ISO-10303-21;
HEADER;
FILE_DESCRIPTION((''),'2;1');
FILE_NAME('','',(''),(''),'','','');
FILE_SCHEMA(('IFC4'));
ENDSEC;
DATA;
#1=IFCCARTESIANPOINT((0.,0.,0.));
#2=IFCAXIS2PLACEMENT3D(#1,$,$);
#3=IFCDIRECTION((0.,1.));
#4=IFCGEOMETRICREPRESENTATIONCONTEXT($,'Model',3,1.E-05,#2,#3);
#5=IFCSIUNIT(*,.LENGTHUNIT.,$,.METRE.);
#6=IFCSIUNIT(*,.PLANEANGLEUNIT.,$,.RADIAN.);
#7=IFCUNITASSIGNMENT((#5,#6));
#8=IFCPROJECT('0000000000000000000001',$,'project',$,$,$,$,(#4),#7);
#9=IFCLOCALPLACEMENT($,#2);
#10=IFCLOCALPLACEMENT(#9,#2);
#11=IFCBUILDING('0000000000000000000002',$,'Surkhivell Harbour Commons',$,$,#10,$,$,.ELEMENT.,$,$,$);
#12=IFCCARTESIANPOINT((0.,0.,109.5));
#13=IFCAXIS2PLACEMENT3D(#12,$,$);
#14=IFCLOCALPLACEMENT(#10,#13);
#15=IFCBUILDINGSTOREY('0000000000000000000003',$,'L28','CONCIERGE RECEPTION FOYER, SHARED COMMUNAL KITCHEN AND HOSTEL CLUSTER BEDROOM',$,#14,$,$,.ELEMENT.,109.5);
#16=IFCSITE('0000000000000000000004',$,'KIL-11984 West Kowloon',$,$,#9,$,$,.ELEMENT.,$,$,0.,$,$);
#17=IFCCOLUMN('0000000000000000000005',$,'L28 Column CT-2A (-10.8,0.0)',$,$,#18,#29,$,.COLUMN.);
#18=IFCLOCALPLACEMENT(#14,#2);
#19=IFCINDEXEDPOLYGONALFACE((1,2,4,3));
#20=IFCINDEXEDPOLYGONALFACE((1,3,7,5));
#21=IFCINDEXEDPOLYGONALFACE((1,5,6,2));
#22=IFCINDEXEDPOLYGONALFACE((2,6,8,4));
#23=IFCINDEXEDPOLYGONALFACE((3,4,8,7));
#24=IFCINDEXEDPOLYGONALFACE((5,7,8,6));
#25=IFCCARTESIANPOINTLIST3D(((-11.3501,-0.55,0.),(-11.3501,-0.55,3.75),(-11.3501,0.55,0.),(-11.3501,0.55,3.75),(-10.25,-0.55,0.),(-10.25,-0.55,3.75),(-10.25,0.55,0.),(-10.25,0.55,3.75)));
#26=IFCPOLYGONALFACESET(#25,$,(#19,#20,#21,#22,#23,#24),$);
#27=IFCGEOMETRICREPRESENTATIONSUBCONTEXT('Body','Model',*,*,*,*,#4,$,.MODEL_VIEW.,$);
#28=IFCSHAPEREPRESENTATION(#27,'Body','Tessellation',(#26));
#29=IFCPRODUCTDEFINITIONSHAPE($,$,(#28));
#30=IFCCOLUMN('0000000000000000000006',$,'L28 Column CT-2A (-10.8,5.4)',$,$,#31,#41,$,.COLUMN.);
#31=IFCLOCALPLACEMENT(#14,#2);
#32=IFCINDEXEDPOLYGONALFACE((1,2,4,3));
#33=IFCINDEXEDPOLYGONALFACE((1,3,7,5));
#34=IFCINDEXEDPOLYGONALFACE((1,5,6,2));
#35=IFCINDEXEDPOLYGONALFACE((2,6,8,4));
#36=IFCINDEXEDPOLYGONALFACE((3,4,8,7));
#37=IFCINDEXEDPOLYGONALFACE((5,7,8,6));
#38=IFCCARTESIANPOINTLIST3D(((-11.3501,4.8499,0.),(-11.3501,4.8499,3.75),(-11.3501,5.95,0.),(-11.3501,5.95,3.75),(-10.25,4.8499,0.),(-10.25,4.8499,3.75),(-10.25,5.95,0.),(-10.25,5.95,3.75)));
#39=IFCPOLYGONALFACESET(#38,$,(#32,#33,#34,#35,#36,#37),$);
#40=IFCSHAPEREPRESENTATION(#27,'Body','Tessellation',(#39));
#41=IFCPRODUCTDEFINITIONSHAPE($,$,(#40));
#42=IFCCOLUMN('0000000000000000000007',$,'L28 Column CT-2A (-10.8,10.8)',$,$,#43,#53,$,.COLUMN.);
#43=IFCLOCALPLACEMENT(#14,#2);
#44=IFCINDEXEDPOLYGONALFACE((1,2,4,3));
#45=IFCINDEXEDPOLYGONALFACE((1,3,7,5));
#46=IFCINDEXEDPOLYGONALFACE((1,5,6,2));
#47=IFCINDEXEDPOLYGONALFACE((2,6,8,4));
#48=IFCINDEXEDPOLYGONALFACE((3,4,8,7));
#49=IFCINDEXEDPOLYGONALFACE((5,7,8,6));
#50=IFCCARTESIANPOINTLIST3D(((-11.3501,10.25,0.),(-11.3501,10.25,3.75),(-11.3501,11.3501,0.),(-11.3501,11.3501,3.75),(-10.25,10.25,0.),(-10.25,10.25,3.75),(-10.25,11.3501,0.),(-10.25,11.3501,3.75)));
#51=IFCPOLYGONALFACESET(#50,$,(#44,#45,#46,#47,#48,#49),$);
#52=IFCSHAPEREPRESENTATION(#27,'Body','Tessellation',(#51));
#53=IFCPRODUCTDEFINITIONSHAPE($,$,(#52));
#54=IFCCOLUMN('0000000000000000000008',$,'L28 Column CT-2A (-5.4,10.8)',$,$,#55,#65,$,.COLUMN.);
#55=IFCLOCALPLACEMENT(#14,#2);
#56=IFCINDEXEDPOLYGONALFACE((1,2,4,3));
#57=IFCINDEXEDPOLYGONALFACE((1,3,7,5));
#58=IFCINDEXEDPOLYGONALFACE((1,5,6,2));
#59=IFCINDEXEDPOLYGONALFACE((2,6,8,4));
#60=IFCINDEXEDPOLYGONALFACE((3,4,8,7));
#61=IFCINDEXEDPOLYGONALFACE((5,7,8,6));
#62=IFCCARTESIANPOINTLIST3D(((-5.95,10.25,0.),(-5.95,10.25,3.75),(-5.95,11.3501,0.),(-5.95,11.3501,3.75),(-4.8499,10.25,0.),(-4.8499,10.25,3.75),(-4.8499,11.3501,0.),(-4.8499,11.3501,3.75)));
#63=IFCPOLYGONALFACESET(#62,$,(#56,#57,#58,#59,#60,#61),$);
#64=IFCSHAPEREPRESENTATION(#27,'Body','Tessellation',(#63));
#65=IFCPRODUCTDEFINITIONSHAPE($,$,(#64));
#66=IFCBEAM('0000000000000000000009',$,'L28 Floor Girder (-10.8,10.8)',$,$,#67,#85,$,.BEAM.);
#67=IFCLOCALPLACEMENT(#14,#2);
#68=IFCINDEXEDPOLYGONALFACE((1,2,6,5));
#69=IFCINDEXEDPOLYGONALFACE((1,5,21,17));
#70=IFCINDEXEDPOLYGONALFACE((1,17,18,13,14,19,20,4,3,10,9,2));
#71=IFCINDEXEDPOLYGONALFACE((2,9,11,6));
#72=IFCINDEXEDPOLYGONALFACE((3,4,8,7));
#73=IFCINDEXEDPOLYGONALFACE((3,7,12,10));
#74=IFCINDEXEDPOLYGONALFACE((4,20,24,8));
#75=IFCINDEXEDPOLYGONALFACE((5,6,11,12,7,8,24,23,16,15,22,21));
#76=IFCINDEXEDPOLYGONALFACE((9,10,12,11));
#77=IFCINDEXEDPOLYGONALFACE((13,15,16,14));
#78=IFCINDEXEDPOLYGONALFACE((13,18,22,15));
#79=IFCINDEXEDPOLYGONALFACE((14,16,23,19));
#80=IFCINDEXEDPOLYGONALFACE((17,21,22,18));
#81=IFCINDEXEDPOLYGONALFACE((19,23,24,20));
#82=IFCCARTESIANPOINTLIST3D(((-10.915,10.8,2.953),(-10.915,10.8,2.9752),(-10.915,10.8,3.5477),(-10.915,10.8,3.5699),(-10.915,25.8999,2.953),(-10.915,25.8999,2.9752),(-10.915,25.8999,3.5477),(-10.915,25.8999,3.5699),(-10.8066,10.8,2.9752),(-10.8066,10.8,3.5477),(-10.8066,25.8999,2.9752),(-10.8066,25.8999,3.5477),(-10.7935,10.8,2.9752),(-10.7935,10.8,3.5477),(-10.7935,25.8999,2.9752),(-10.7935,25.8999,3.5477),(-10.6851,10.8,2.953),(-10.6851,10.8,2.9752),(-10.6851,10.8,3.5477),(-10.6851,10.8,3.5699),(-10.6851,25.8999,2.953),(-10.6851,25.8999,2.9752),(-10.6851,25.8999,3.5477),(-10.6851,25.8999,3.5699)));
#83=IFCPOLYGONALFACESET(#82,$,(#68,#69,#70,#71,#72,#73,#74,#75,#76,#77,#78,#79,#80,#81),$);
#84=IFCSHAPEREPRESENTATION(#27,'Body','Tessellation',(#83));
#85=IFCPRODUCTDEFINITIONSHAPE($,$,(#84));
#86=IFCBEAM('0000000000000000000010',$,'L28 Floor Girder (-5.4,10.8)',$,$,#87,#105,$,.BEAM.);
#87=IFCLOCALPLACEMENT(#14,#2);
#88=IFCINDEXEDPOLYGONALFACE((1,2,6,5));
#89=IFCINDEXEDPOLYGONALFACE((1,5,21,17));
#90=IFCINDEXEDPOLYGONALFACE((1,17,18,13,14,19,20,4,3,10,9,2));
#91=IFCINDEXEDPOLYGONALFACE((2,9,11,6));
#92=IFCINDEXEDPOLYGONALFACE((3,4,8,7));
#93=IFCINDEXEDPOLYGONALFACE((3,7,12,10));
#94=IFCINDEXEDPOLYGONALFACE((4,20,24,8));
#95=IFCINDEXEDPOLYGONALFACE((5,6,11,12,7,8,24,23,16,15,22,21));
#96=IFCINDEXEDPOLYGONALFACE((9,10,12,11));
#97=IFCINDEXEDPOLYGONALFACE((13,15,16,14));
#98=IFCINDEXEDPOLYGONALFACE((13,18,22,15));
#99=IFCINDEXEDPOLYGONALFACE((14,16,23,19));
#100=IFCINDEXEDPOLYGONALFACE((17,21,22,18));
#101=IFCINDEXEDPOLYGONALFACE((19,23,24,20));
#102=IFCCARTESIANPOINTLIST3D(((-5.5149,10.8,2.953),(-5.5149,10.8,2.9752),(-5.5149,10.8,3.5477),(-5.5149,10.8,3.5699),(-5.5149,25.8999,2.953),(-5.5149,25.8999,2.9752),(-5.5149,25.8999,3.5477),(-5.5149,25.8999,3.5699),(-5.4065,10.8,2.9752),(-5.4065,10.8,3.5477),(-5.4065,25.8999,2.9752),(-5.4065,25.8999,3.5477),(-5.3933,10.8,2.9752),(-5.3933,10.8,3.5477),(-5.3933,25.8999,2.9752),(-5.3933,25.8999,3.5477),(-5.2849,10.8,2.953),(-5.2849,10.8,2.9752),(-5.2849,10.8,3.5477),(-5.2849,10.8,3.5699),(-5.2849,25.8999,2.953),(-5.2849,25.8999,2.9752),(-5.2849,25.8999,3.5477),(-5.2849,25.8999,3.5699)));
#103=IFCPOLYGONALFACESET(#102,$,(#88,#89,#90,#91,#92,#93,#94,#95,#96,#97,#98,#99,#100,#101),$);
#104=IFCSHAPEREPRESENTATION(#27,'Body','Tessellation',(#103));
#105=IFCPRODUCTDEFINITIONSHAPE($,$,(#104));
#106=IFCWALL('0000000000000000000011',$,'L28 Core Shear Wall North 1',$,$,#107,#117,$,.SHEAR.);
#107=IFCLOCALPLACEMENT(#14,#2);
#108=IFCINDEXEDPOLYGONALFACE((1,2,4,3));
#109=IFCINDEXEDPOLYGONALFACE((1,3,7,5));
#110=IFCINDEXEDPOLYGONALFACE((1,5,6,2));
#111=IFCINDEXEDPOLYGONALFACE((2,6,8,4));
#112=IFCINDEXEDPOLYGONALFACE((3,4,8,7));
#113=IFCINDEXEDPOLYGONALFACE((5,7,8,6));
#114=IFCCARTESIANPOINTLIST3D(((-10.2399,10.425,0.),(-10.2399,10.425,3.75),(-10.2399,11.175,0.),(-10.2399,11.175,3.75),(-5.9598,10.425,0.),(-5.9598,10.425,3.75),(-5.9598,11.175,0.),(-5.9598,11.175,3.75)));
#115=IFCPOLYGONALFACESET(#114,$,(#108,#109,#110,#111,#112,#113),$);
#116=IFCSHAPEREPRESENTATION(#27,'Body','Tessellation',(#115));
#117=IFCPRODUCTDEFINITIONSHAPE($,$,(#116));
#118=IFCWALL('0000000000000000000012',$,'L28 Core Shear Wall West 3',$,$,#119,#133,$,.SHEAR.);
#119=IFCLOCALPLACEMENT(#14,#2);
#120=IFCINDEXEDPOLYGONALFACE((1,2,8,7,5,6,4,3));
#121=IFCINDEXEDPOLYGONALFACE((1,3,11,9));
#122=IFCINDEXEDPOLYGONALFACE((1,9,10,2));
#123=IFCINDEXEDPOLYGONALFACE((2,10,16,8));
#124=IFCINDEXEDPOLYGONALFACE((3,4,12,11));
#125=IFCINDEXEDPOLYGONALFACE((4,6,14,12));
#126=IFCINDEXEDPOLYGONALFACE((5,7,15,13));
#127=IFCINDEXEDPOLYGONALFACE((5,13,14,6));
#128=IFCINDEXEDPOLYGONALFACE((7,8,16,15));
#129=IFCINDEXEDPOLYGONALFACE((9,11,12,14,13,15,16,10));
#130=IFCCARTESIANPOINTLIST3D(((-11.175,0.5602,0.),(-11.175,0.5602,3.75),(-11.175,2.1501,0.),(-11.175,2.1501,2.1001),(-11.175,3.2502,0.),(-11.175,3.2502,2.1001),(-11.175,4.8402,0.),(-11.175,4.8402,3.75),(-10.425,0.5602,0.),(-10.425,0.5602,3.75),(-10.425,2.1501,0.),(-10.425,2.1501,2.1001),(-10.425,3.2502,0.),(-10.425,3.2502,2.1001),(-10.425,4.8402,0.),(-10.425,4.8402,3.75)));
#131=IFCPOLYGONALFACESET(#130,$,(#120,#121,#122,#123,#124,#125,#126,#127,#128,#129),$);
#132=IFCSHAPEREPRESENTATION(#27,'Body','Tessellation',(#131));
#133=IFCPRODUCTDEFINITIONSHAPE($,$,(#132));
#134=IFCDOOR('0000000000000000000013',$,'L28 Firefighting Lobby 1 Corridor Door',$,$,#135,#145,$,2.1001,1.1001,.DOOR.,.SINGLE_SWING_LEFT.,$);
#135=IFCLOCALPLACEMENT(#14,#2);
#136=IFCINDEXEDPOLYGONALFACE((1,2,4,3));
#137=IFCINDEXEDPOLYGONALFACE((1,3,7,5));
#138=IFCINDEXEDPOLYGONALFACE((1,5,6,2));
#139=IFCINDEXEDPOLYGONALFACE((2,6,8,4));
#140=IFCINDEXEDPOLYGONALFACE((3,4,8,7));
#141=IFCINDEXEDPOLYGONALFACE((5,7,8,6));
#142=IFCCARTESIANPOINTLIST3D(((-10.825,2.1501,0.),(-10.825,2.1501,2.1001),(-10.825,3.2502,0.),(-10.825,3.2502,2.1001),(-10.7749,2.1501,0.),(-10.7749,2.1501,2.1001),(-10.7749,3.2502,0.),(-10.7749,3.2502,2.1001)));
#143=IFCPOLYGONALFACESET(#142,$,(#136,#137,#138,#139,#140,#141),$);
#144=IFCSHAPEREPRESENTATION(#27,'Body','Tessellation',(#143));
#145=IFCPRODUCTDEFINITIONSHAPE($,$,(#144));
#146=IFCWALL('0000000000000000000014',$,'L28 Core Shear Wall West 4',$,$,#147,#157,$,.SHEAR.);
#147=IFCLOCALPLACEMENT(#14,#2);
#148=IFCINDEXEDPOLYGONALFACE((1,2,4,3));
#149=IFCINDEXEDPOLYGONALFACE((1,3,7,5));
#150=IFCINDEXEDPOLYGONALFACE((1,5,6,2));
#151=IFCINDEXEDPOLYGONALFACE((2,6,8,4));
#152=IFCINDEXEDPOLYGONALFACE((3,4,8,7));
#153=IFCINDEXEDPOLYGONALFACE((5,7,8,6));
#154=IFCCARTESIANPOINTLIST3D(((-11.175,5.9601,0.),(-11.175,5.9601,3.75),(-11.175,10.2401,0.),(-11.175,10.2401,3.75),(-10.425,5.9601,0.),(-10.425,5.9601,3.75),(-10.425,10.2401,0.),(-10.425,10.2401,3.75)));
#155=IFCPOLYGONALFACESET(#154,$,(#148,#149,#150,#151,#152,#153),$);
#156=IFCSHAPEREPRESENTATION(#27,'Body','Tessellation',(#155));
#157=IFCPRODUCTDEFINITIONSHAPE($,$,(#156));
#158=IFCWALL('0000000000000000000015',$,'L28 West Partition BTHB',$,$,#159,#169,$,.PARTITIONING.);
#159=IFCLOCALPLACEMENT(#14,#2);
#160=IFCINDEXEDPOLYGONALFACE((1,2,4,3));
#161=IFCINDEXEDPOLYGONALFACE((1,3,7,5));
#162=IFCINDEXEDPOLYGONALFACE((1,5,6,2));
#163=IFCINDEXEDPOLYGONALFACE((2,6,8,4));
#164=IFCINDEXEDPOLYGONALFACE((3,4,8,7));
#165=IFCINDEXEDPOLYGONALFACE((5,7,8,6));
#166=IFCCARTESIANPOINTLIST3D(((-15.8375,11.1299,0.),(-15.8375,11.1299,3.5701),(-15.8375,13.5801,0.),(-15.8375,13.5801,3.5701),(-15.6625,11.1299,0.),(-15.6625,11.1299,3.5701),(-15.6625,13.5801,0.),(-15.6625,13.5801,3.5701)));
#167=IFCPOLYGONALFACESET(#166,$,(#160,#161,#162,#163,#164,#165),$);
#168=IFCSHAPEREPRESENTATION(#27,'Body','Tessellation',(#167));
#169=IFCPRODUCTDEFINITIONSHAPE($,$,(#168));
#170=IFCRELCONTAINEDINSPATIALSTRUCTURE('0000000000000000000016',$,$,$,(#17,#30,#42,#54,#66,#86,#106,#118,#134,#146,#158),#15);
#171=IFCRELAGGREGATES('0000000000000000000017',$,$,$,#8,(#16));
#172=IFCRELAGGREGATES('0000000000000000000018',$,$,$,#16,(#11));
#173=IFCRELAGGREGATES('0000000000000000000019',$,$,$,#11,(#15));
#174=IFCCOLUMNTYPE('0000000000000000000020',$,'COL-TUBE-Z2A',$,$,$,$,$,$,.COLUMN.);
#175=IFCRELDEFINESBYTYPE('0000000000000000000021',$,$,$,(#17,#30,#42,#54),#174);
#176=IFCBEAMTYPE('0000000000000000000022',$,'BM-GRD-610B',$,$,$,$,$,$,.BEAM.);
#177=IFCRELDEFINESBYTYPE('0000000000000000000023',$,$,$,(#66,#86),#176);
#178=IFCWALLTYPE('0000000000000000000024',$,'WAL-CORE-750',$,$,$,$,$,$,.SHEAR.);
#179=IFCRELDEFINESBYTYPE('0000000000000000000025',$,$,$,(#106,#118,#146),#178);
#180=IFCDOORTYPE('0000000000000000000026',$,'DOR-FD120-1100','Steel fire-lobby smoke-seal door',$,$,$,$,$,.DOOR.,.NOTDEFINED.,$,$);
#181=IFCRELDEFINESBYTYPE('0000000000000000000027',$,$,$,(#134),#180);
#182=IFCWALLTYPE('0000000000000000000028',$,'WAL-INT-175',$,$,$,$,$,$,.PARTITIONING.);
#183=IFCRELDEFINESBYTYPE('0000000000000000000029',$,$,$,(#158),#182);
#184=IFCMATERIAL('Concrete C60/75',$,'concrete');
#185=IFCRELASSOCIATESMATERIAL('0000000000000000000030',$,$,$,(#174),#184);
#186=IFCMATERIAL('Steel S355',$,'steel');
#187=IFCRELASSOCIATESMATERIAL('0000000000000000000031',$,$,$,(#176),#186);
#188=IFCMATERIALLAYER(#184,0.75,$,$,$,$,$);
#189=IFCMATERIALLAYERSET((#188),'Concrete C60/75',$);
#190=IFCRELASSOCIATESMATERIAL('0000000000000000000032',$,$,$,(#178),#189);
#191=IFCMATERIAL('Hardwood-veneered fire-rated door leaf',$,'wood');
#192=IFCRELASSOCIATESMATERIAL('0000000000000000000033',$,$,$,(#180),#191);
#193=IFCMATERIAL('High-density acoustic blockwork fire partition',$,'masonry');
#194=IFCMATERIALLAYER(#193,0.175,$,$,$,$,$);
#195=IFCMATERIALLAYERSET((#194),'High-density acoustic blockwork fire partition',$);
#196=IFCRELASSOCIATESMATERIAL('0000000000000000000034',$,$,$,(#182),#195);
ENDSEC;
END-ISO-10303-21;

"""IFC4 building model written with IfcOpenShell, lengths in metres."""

from ifc_helpers import new_model, si_unit, direction, frame, frame_2d, origin, origin_2d, place, context, subcontext, project, spatial, rectangle, i_section, extrude, material, layer, layer_set, material_profile, profile_set, type_object, element, fill, save


model = new_model("IFC4")

# Units and contexts
model_context = context("Model", 3, precision=1e-05, world=origin(), true_north=direction((0.0, 1.0)))
body_context = subcontext(model_context, "Body", "Model", "MODEL_VIEW")
ifc_project = project(units=[si_unit("LENGTHUNIT", "METRE"), si_unit("PLANEANGLEUNIT", "RADIAN")], contexts=[model_context])

# Site, building, storey
site_placement = place(None, origin())
site = spatial("IfcSite", under=ifc_project, at=site_placement, Name="KIL-11984 West Kowloon", CompositionType="ELEMENT", RefElevation=0.0)
building_placement = place(site_placement, origin())
building = spatial("IfcBuilding", under=site, at=building_placement, Name="Surkhivell Harbour Commons", CompositionType="ELEMENT")
storey_placement = place(building_placement, frame((0.0, 0.0, 109.5)))
storey = spatial("IfcBuildingStorey", under=building, at=storey_placement, Name="L28", Description="CONCIERGE RECEPTION FOYER, SHARED COMMUNAL KITCHEN AND HOSTEL CLUSTER BEDROOM", CompositionType="ELEMENT", Elevation=109.5)

# Columns
ifc_material_1 = material(Name="Concrete C60/75", Category="concrete")
ifc_material_profile_1 = material_profile(ifc_material_1, rectangle(XDim=1.1001, YDim=1.1001, at=origin_2d()), Name="RC-COL-1100x1100")
ifc_profile_set_1 = profile_set([ifc_material_profile_1], Name="Concrete C60/75")
column_type = type_object("IfcColumnType", Name="COL-TUBE-Z2A", PredefinedType="COLUMN", material=ifc_profile_set_1)
for number, where, z_axis, x_axis, name in (
    (1, (-10.8, 0.0, 0.0), (0.0, 0.0, 1.0), (1.0, 0.0, 0.0), "L28 Column CT-2A (-10.8,0.0)"),
    (2, (-10.8, 5.3999, 0.0), (0.0, 0.0, 1.0), (1.0, 0.0, 0.0), "L28 Column CT-2A (-10.8,5.4)"),
    (3, (-10.8, 10.8, 0.0), (0.0, 0.0, 1.0), (1.0, 0.0, 0.0), "L28 Column CT-2A (-10.8,10.8)"),
    (4, (-5.3999, 10.8, 0.0), (0.0, 0.0, 1.0), (1.0, 0.0, 0.0), "L28 Column CT-2A (-5.4,10.8)"),
):
    element("IfcColumn", number, at=place(storey_placement, frame(where, z_axis=z_axis, x_axis=x_axis)), inside=storey, type_object=column_type, Name=name, PredefinedType="COLUMN", context=body_context, shape_type="SweptSolid", body=[
        extrude(rectangle(XDim=1.1001, YDim=1.1001, at=origin_2d()), origin(), (0.0, 0.0, 1.0), 3.75),
    ])

# Beams
ifc_material_2 = material(Name="Steel S355", Category="steel")
ifc_material_profile_2 = material_profile(ifc_material_2, i_section(OverallWidth=0.23, OverallDepth=0.6169, WebThickness=0.0132, FlangeThickness=0.0222, at=origin_2d()), Name="UB610x229x140")
ifc_profile_set_2 = profile_set([ifc_material_profile_2], Name="Steel S355")
beam_type = type_object("IfcBeamType", Name="BM-GRD-610B", PredefinedType="BEAM", material=ifc_profile_set_2)
for number, where, z_axis, x_axis, name in (
    (5, (-10.8, 10.8, 3.2615), (0.0, 1.0, 0.0), (-1.0, 0.0, 0.0), "L28 Floor Girder (-10.8,10.8)"),
    (6, (-5.3999, 10.8, 3.2615), (0.0, 1.0, 0.0), (-1.0, 0.0, 0.0), "L28 Floor Girder (-5.4,10.8)"),
):
    element("IfcBeam", number, at=place(storey_placement, frame(where, z_axis=z_axis, x_axis=x_axis)), inside=storey, type_object=beam_type, Name=name, PredefinedType="BEAM", context=body_context, shape_type="SweptSolid", body=[
        extrude(i_section(OverallWidth=0.23, OverallDepth=0.6169, WebThickness=0.0132, FlangeThickness=0.0222, at=origin_2d()), origin(), (0.0, 0.0, 1.0), 15.0999),
    ])

# Wall
ifc_layer_1 = layer(ifc_material_1, 0.75)
ifc_layer_set_1 = layer_set([ifc_layer_1], Name="Concrete C60/75")
wall_type_1 = type_object("IfcWallType", Name="WAL-CORE-750", PredefinedType="SHEAR", material=ifc_layer_set_1)
wall_1_placement = place(storey_placement, frame((-10.24, 10.8, 0.0), z_axis=(0.0, 0.0, 1.0), x_axis=(1.0, 0.0, 0.0)))
element("IfcWall", 7, at=wall_1_placement, inside=storey, type_object=wall_type_1, Name="L28 Core Shear Wall North 1", PredefinedType="SHEAR", context=body_context, shape_type="SweptSolid", body=[
    extrude(rectangle(XDim=4.28, YDim=0.75, at=frame_2d((2.1401, 0.0))), origin(), (0.0, 0.0, 1.0), 3.75),
])

# Wall, opening, door
wall_2_placement = place(storey_placement, frame((-10.8, 0.5601, 0.0), z_axis=(0.0, 0.0, 1.0), x_axis=(0.0, 1.0, 0.0)))
wall_2 = element("IfcWall", 8, at=wall_2_placement, inside=storey, type_object=wall_type_1, Name="L28 Core Shear Wall West 3", PredefinedType="SHEAR", context=body_context, shape_type="SweptSolid", body=[
    extrude(rectangle(XDim=4.28, YDim=0.75, at=frame_2d((2.1401, 0.0))), origin(), (0.0, 0.0, 1.0), 3.75),
])
opening_1_placement = place(wall_2_placement, frame((1.5901, 0.0, 0.0)))
opening_1 = element("IfcOpeningElement", 9, at=opening_1_placement, cuts=wall_2, PredefinedType="OPENING", context=body_context, shape_type="SweptSolid", body=[
    extrude(rectangle(XDim=1.1001, YDim=2.1001, at=frame_2d((0.55, 1.05))), frame((0.0, 0.385, 0.0), z_axis=(0.0, -1.0, 0.0), x_axis=(1.0, 0.0, 0.0)), (0.0, 0.0, 1.0), 0.77),
])
ifc_material_3 = material(Name="Hardwood-veneered fire-rated door leaf", Category="wood")
door_type_1 = type_object("IfcDoorType", Name="DOR-FD120-1100", Description="Steel fire-lobby smoke-seal door", OperationType="NOTDEFINED", PredefinedType="DOOR", material=ifc_material_3)
door_1_placement = place(opening_1_placement, origin())
door_1 = element("IfcDoor", 10, at=door_1_placement, inside=storey, type_object=door_type_1, Name="L28 Firefighting Lobby 1 Corridor Door", OperationType="SINGLE_SWING_LEFT", OverallHeight=2.1001, OverallWidth=1.1001, PredefinedType="DOOR", context=body_context, shape_type="SweptSolid", body=[
    extrude(rectangle(XDim=1.1001, YDim=2.1001, at=frame_2d((0.55, 1.05))), frame((0.0, 0.0249, 0.0), z_axis=(0.0, -1.0, 0.0), x_axis=(1.0, 0.0, 0.0)), (0.0, 0.0, 1.0), 0.05),
])
fill(opening_1, door_1)

# Walls
wall_3_placement = place(storey_placement, frame((-10.8, 5.96, 0.0), z_axis=(0.0, 0.0, 1.0), x_axis=(0.0, 1.0, 0.0)))
element("IfcWall", 11, at=wall_3_placement, inside=storey, type_object=wall_type_1, Name="L28 Core Shear Wall West 4", PredefinedType="SHEAR", context=body_context, shape_type="SweptSolid", body=[
    extrude(rectangle(XDim=4.28, YDim=0.75, at=frame_2d((2.1401, 0.0))), origin(), (0.0, 0.0, 1.0), 3.75),
])
ifc_material_4 = material(Name="High-density acoustic blockwork fire partition", Category="masonry")
ifc_layer_2 = layer(ifc_material_4, 0.175)
ifc_layer_set_2 = layer_set([ifc_layer_2], Name="High-density acoustic blockwork fire partition")
wall_type_2 = type_object("IfcWallType", Name="WAL-INT-175", PredefinedType="PARTITIONING", material=ifc_layer_set_2)
wall_4_placement = place(storey_placement, frame((-15.75, 11.1299, 0.0), z_axis=(0.0, 0.0, 1.0), x_axis=(0.0, 1.0, 0.0)))
element("IfcWall", 12, at=wall_4_placement, inside=storey, type_object=wall_type_2, Name="L28 West Partition BTHB", PredefinedType="PARTITIONING", context=body_context, shape_type="SweptSolid", body=[
    extrude(rectangle(XDim=2.4502, YDim=0.175, at=frame_2d((1.2251, 0.0))), origin(), (0.0, 0.0, 1.0), 3.5701),
])

save(model, "model.ifc")
